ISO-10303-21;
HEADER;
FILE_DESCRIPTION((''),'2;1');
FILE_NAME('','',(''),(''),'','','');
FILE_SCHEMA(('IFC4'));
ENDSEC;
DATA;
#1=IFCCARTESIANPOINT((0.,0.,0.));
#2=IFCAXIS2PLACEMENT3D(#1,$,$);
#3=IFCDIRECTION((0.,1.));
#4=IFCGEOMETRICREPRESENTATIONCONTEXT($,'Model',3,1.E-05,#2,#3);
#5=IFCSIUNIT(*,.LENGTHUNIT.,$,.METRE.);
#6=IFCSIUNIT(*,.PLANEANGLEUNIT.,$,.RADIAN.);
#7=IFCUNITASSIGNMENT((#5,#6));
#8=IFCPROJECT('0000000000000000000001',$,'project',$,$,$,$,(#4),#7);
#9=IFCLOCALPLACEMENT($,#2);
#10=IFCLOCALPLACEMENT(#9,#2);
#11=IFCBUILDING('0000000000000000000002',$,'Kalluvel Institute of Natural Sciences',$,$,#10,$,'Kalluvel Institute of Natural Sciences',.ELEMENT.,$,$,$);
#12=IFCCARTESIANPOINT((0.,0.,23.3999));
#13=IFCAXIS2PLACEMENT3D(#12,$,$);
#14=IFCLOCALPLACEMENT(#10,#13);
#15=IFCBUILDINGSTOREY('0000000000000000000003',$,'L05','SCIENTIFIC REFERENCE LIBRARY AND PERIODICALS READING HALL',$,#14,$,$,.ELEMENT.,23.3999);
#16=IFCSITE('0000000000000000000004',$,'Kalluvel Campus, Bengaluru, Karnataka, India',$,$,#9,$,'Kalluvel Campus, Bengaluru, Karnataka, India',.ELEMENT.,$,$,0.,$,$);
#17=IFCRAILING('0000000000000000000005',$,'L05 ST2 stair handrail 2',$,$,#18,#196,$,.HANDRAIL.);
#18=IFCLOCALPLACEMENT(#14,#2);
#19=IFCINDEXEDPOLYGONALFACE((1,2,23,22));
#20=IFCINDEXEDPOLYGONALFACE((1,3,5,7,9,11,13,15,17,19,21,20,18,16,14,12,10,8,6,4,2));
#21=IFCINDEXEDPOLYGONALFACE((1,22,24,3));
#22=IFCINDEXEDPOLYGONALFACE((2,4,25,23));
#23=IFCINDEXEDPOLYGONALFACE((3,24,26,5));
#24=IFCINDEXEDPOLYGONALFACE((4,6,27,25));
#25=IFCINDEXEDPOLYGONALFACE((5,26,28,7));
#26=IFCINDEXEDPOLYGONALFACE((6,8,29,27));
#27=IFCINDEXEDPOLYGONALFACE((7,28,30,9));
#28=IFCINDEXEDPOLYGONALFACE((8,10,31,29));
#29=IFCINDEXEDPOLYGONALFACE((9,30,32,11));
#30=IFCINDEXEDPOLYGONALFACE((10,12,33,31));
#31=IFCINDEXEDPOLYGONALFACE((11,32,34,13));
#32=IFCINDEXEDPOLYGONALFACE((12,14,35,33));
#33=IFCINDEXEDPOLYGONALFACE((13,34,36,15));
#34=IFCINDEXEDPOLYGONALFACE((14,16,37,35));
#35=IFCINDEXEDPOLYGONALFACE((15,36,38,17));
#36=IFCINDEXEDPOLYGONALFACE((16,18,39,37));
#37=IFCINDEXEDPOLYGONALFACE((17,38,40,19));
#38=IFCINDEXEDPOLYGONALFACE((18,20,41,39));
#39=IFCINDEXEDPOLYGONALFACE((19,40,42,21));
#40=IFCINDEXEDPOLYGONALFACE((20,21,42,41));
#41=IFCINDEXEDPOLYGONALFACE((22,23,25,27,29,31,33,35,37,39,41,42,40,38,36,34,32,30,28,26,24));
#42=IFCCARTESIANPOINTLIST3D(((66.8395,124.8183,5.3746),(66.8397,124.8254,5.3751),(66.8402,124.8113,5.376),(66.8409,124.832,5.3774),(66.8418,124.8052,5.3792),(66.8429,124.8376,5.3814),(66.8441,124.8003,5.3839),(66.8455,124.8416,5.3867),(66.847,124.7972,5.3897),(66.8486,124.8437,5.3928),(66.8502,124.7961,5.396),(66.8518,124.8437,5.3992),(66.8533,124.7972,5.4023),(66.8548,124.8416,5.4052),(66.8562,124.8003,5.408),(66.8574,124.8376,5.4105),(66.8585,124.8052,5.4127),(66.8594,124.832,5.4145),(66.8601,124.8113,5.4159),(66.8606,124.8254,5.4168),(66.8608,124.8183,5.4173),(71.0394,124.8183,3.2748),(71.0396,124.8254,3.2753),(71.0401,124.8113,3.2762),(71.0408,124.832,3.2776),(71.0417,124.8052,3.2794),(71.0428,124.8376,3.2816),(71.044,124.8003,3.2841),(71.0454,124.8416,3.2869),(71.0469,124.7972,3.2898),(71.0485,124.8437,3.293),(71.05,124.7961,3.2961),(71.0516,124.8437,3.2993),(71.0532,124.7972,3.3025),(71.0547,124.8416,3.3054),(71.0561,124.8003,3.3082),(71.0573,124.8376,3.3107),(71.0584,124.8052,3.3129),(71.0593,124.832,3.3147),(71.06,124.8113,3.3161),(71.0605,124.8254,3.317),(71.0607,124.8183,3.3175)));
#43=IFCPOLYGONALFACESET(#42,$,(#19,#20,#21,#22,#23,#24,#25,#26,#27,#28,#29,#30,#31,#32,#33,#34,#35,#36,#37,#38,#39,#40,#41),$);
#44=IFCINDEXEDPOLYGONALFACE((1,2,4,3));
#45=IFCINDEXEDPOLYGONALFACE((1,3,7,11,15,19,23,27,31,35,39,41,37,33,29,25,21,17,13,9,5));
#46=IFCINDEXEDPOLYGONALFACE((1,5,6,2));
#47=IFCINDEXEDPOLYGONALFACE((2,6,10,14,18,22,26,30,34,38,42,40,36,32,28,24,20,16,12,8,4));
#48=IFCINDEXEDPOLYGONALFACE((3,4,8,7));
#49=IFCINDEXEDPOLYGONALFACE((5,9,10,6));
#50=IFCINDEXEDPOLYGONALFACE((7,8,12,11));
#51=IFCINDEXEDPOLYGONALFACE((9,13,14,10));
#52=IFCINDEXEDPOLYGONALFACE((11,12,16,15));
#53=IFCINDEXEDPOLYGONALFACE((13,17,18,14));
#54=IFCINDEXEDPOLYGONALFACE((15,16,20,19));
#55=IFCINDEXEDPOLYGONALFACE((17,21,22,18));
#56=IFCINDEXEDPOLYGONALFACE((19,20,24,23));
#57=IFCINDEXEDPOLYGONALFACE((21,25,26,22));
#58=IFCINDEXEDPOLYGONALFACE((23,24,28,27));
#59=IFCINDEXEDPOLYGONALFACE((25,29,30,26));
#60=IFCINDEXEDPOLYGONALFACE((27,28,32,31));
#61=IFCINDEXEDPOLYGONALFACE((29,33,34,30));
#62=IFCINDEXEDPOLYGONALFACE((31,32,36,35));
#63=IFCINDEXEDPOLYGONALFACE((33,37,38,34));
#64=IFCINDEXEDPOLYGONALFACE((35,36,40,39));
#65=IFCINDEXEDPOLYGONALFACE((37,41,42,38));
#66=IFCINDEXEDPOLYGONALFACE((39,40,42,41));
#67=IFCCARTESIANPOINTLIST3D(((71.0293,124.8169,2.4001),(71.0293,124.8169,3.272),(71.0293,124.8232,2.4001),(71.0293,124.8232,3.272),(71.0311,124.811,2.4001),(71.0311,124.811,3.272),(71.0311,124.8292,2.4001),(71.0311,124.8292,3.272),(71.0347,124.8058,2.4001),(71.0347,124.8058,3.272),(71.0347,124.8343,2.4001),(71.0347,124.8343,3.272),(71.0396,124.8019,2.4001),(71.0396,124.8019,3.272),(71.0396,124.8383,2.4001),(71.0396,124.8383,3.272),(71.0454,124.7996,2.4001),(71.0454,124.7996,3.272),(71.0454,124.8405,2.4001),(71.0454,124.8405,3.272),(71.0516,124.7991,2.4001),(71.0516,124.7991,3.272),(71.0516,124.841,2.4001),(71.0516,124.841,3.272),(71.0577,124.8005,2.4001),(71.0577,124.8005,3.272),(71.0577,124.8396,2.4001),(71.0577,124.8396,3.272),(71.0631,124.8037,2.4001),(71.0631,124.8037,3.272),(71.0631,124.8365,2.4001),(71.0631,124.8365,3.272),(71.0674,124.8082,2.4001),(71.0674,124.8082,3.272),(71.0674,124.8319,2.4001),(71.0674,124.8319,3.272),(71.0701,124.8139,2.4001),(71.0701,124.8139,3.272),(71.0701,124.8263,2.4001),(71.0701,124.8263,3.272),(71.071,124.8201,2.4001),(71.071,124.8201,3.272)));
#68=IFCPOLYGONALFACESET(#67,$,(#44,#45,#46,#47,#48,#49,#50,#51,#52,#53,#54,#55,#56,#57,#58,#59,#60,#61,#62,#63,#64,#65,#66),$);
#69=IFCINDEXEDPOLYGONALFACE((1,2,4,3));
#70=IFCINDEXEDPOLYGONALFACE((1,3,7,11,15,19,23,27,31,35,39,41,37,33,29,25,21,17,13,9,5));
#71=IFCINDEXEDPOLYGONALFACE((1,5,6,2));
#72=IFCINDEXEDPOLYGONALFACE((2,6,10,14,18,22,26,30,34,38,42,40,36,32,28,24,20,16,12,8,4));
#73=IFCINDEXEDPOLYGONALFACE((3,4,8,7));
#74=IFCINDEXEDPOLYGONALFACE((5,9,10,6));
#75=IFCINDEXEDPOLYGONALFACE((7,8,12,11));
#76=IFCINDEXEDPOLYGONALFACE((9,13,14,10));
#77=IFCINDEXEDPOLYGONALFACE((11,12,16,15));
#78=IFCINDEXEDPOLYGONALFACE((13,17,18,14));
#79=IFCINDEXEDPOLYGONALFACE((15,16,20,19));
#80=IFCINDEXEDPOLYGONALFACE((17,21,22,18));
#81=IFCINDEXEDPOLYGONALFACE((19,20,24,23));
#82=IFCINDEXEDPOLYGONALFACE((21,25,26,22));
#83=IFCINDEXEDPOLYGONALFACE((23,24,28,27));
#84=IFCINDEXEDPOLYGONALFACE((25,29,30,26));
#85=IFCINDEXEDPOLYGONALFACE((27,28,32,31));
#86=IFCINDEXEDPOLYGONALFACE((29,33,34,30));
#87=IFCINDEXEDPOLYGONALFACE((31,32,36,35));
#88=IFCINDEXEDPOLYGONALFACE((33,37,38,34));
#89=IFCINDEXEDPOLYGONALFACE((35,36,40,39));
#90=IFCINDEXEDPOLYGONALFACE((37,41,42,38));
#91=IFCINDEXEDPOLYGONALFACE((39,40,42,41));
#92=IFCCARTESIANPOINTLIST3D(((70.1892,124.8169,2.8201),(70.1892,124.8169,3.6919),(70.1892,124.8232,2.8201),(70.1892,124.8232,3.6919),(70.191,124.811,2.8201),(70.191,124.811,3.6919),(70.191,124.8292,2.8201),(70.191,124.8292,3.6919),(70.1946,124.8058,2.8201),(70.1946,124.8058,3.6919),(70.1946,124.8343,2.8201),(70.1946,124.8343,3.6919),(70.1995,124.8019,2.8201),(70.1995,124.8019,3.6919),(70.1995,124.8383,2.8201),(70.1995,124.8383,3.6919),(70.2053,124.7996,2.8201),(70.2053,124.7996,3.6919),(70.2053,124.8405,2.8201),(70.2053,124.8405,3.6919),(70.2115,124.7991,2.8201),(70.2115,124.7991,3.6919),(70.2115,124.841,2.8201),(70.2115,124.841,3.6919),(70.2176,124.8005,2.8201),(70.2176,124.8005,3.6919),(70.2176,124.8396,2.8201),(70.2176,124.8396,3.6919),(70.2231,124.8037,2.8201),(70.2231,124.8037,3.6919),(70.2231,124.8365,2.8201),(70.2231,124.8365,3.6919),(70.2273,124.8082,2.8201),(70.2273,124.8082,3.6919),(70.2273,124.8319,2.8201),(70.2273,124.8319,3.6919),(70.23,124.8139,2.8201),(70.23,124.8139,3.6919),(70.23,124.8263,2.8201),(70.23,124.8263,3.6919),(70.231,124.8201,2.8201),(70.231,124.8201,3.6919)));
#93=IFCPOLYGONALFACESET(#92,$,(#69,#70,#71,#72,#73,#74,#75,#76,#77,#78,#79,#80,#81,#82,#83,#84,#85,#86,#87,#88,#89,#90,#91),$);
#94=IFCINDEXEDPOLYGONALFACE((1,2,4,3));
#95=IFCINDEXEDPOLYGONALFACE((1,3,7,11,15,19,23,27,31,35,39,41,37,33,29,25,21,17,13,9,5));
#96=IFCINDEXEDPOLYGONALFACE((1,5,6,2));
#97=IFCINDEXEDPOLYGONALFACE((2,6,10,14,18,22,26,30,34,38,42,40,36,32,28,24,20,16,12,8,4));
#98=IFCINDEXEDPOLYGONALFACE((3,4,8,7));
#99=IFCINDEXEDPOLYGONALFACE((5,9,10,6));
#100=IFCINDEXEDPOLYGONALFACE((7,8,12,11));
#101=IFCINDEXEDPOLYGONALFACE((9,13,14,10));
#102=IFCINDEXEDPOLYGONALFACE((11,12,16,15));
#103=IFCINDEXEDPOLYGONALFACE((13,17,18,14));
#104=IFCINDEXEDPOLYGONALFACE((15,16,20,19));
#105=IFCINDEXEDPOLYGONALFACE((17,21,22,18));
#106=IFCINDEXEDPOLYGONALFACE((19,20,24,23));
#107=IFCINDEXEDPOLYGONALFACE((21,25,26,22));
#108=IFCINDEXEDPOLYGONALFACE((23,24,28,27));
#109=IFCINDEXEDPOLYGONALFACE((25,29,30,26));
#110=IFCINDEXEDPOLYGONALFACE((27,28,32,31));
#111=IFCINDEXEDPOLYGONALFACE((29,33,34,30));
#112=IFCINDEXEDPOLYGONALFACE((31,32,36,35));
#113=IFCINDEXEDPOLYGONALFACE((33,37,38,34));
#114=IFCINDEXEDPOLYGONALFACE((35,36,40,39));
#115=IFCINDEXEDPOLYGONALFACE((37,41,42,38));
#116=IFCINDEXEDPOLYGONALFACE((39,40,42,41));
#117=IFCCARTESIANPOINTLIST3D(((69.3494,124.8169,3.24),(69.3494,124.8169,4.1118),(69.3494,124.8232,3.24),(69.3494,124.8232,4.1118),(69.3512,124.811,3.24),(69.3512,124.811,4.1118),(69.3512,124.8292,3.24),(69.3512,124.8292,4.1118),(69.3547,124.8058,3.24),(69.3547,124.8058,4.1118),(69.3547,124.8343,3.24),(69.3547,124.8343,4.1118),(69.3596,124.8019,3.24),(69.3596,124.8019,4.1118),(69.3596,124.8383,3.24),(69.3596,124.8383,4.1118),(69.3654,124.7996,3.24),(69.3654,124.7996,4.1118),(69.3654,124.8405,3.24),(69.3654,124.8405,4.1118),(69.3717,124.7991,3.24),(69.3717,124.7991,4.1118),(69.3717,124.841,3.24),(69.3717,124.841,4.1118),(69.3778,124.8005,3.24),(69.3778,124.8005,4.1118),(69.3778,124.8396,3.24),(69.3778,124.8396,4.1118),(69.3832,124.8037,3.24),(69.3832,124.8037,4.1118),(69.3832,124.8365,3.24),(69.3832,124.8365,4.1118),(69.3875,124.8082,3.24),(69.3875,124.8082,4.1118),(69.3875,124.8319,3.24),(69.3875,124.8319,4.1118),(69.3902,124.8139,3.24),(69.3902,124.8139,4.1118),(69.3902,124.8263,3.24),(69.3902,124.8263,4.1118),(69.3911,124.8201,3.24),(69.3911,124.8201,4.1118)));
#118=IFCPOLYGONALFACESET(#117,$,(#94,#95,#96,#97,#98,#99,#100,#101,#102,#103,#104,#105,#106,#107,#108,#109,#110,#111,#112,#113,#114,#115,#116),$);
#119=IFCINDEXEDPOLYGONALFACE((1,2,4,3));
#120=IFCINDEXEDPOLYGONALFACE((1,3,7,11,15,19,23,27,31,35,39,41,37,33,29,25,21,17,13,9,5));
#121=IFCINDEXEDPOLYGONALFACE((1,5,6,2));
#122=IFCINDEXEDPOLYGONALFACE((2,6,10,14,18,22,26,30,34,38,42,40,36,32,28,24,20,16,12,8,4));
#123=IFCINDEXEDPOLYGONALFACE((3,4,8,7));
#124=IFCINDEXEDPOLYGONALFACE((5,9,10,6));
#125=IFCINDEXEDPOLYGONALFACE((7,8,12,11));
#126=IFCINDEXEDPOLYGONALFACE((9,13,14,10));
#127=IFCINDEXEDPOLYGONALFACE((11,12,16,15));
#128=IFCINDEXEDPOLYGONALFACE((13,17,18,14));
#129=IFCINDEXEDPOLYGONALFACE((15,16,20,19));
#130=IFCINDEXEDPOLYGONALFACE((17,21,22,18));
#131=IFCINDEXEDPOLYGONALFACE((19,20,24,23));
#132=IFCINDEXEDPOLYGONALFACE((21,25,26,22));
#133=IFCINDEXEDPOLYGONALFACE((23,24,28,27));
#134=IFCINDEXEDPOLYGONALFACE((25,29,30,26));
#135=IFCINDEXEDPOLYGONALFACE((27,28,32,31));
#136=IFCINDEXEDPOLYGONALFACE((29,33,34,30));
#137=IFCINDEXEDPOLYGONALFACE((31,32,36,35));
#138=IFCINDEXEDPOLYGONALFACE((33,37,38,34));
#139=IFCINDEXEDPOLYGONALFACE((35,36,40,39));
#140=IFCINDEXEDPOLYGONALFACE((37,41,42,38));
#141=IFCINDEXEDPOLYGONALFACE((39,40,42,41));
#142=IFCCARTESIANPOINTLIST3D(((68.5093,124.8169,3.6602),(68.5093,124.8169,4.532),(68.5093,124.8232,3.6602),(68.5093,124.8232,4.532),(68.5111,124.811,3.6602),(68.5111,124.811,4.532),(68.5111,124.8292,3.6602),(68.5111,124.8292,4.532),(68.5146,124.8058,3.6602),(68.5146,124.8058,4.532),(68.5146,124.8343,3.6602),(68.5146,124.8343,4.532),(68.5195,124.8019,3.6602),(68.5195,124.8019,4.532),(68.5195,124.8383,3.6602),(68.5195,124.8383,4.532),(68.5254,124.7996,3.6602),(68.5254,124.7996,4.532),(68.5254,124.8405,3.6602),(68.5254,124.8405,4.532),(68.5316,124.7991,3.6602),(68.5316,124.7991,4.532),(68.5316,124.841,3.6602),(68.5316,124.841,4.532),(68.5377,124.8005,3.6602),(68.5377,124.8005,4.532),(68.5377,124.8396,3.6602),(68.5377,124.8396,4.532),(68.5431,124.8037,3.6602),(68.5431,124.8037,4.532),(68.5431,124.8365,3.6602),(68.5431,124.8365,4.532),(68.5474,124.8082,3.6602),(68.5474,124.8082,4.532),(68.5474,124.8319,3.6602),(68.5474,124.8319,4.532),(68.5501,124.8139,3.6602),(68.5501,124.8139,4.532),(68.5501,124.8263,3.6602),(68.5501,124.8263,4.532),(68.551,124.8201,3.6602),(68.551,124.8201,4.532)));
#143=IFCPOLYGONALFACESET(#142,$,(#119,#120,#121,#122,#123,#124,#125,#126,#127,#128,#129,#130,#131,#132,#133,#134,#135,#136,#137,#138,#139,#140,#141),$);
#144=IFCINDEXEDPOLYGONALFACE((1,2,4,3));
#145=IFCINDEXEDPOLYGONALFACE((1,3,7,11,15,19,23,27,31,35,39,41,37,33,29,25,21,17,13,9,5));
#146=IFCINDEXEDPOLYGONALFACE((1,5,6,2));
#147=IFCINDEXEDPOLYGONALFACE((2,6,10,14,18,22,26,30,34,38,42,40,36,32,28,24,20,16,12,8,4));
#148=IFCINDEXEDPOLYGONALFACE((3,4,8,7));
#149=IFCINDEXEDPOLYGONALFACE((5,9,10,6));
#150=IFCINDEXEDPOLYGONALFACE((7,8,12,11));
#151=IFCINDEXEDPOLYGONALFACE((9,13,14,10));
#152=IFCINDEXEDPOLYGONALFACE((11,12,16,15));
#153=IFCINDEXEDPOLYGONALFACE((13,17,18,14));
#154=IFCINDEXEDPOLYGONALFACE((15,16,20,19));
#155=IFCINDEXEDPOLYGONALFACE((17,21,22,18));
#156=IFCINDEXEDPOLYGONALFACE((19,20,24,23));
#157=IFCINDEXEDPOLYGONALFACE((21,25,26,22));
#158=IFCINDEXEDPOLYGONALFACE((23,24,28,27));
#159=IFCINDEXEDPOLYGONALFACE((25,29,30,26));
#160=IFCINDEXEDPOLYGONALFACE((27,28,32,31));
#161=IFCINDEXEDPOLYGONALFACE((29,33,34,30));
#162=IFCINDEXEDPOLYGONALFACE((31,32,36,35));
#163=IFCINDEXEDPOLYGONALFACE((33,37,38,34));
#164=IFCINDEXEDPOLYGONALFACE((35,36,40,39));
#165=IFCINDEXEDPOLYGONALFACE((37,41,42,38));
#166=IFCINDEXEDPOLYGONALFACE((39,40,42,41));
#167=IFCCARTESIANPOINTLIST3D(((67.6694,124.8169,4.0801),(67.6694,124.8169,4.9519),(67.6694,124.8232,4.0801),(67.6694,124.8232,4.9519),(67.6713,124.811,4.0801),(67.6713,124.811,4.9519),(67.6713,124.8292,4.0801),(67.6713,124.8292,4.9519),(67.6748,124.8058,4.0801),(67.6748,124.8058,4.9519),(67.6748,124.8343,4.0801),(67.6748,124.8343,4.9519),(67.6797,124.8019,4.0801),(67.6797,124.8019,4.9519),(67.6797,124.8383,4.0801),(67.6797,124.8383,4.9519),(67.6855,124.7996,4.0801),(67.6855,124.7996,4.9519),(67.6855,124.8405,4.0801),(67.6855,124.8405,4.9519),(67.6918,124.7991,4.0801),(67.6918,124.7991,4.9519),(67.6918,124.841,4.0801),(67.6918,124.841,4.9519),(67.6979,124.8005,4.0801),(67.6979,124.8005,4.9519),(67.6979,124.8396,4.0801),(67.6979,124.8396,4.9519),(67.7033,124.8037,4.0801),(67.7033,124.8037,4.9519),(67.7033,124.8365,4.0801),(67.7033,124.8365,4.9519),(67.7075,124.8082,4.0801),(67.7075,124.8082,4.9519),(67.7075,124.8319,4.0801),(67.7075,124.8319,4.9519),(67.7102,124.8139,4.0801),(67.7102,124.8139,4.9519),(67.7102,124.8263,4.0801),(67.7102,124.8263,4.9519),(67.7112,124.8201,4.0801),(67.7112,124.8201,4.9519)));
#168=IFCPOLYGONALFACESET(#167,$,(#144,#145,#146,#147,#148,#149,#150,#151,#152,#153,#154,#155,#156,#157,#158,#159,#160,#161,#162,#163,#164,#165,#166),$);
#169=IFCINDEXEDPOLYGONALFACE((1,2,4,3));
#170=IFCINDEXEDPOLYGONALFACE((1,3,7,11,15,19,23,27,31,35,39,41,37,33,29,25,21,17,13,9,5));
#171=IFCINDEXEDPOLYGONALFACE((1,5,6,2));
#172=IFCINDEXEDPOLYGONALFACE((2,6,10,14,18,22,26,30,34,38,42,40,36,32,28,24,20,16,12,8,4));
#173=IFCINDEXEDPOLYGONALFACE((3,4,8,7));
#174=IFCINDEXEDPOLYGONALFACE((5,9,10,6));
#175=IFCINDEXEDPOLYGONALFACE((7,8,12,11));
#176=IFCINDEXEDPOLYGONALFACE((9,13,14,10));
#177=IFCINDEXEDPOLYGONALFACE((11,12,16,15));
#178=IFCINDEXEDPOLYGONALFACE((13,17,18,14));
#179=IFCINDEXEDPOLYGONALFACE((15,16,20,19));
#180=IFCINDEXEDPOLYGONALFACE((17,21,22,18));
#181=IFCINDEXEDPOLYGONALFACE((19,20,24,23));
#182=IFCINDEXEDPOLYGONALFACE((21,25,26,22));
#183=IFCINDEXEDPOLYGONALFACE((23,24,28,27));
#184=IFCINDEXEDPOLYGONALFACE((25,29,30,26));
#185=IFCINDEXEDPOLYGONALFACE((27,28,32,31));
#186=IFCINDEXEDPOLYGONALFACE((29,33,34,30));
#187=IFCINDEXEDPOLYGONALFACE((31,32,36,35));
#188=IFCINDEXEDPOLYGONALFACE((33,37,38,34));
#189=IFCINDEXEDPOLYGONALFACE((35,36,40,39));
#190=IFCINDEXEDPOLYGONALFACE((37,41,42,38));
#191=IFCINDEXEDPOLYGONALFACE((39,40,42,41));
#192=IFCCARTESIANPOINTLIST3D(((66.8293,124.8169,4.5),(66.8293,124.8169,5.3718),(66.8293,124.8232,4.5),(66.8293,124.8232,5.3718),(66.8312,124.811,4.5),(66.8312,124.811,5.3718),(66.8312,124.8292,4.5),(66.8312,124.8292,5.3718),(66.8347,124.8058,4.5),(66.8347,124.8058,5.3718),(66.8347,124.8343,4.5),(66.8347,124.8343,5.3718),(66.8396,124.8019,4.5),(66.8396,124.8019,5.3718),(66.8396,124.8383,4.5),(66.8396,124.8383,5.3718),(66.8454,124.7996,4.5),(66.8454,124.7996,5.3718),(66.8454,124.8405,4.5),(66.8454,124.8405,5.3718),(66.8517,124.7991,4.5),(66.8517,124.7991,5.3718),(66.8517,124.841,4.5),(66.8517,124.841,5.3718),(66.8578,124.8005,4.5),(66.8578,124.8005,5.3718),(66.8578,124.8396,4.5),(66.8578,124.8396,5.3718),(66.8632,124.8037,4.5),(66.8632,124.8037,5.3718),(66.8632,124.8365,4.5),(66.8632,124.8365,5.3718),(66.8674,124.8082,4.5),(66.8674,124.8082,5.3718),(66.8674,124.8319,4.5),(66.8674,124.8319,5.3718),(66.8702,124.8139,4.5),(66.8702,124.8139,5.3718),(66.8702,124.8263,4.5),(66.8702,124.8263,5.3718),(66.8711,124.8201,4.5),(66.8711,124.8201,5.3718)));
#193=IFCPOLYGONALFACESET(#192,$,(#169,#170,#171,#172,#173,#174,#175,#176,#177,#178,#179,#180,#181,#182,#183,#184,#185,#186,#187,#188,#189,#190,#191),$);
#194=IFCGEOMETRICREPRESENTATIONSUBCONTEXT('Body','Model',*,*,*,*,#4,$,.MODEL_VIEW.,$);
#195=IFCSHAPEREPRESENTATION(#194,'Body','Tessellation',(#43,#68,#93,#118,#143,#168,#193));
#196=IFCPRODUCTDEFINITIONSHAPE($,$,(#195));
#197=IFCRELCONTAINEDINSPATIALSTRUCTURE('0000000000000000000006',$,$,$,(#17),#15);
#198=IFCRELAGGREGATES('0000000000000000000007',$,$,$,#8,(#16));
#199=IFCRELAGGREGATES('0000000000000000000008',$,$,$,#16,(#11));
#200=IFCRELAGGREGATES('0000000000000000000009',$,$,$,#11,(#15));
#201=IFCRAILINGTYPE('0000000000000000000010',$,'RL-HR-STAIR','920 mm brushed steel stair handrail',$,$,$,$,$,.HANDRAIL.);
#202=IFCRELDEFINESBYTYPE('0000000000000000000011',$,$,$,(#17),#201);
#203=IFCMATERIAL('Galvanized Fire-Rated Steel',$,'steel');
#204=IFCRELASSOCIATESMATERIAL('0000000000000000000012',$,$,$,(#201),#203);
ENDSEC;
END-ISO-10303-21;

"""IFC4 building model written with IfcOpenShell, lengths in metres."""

from ifc_helpers import new_model, si_unit, direction, frame, origin, origin_2d, place, context, subcontext, project, spatial, circle, extrude, material, type_object, element, save


model = new_model("IFC4")

# Units and contexts
model_context = context("Model", 3, precision=1e-05, world=origin(), true_north=direction((0.0, 1.0)))
body_context = subcontext(model_context, "Body", "Model", "MODEL_VIEW")
ifc_project = project(units=[si_unit("LENGTHUNIT", "METRE"), si_unit("PLANEANGLEUNIT", "RADIAN")], contexts=[model_context])

# Site, building, storey
site_placement = place(None, origin())
site = spatial("IfcSite", under=ifc_project, at=site_placement, Name="Kalluvel Campus, Bengaluru, Karnataka, India", LongName="Kalluvel Campus, Bengaluru, Karnataka, India", CompositionType="ELEMENT", RefElevation=0.0)
building_placement = place(site_placement, origin())
building = spatial("IfcBuilding", under=site, at=building_placement, Name="Kalluvel Institute of Natural Sciences", LongName="Kalluvel Institute of Natural Sciences", CompositionType="ELEMENT")
storey_placement = place(building_placement, frame((0.0, 0.0, 23.3999)))
storey = spatial("IfcBuildingStorey", under=building, at=storey_placement, Name="L05", Description="SCIENTIFIC REFERENCE LIBRARY AND PERIODICALS READING HALL", CompositionType="ELEMENT", Elevation=23.3999)

# Shared definitions
ifc_material_1 = material(Name="Galvanized Fire-Rated Steel", Category="steel")

# Railing
railing_type_1 = type_object("IfcRailingType", Name="RL-HR-STAIR", Description="920 mm brushed steel stair handrail", PredefinedType="HANDRAIL", material=ifc_material_1)
railing_1_placement = place(storey_placement, frame((71.05, 124.8201, 2.4001)))
element("IfcRailing", 1, at=railing_1_placement, inside=storey, type_object=railing_type_1, Name="L05 ST2 stair handrail 2", PredefinedType="HANDRAIL", context=body_context, shape_type="SweptSolid", body=[
    extrude(circle(Radius=0.0239, at=origin_2d()), frame((0.0, 0.0, 0.896), z_axis=(-0.894438, 0.0, 0.447193), x_axis=(0.0, -1.0, 0.0)), (0.0, 0.0, 1.0), 4.6956),
    extrude(circle(Radius=0.021, at=origin_2d()), origin(), (0.0, 0.0, 1.0), 0.8718),
    extrude(circle(Radius=0.021, at=origin_2d()), frame((-0.8401, 0.0, 0.4199)), (0.0, 0.0, 1.0), 0.8718),
    extrude(circle(Radius=0.021, at=origin_2d()), frame((-1.6799, 0.0, 0.8398)), (0.0, 0.0, 1.0), 0.8718),
    extrude(circle(Radius=0.021, at=origin_2d()), frame((-2.52, 0.0, 1.26)), (0.0, 0.0, 1.0), 0.8718),
    extrude(circle(Radius=0.021, at=origin_2d()), frame((-3.3599, 0.0, 1.6799)), (0.0, 0.0, 1.0), 0.8718),
    extrude(circle(Radius=0.021, at=origin_2d()), frame((-4.2, 0.0, 2.0999)), (0.0, 0.0, 1.0), 0.8718),
])

save(model, "model.ifc")
